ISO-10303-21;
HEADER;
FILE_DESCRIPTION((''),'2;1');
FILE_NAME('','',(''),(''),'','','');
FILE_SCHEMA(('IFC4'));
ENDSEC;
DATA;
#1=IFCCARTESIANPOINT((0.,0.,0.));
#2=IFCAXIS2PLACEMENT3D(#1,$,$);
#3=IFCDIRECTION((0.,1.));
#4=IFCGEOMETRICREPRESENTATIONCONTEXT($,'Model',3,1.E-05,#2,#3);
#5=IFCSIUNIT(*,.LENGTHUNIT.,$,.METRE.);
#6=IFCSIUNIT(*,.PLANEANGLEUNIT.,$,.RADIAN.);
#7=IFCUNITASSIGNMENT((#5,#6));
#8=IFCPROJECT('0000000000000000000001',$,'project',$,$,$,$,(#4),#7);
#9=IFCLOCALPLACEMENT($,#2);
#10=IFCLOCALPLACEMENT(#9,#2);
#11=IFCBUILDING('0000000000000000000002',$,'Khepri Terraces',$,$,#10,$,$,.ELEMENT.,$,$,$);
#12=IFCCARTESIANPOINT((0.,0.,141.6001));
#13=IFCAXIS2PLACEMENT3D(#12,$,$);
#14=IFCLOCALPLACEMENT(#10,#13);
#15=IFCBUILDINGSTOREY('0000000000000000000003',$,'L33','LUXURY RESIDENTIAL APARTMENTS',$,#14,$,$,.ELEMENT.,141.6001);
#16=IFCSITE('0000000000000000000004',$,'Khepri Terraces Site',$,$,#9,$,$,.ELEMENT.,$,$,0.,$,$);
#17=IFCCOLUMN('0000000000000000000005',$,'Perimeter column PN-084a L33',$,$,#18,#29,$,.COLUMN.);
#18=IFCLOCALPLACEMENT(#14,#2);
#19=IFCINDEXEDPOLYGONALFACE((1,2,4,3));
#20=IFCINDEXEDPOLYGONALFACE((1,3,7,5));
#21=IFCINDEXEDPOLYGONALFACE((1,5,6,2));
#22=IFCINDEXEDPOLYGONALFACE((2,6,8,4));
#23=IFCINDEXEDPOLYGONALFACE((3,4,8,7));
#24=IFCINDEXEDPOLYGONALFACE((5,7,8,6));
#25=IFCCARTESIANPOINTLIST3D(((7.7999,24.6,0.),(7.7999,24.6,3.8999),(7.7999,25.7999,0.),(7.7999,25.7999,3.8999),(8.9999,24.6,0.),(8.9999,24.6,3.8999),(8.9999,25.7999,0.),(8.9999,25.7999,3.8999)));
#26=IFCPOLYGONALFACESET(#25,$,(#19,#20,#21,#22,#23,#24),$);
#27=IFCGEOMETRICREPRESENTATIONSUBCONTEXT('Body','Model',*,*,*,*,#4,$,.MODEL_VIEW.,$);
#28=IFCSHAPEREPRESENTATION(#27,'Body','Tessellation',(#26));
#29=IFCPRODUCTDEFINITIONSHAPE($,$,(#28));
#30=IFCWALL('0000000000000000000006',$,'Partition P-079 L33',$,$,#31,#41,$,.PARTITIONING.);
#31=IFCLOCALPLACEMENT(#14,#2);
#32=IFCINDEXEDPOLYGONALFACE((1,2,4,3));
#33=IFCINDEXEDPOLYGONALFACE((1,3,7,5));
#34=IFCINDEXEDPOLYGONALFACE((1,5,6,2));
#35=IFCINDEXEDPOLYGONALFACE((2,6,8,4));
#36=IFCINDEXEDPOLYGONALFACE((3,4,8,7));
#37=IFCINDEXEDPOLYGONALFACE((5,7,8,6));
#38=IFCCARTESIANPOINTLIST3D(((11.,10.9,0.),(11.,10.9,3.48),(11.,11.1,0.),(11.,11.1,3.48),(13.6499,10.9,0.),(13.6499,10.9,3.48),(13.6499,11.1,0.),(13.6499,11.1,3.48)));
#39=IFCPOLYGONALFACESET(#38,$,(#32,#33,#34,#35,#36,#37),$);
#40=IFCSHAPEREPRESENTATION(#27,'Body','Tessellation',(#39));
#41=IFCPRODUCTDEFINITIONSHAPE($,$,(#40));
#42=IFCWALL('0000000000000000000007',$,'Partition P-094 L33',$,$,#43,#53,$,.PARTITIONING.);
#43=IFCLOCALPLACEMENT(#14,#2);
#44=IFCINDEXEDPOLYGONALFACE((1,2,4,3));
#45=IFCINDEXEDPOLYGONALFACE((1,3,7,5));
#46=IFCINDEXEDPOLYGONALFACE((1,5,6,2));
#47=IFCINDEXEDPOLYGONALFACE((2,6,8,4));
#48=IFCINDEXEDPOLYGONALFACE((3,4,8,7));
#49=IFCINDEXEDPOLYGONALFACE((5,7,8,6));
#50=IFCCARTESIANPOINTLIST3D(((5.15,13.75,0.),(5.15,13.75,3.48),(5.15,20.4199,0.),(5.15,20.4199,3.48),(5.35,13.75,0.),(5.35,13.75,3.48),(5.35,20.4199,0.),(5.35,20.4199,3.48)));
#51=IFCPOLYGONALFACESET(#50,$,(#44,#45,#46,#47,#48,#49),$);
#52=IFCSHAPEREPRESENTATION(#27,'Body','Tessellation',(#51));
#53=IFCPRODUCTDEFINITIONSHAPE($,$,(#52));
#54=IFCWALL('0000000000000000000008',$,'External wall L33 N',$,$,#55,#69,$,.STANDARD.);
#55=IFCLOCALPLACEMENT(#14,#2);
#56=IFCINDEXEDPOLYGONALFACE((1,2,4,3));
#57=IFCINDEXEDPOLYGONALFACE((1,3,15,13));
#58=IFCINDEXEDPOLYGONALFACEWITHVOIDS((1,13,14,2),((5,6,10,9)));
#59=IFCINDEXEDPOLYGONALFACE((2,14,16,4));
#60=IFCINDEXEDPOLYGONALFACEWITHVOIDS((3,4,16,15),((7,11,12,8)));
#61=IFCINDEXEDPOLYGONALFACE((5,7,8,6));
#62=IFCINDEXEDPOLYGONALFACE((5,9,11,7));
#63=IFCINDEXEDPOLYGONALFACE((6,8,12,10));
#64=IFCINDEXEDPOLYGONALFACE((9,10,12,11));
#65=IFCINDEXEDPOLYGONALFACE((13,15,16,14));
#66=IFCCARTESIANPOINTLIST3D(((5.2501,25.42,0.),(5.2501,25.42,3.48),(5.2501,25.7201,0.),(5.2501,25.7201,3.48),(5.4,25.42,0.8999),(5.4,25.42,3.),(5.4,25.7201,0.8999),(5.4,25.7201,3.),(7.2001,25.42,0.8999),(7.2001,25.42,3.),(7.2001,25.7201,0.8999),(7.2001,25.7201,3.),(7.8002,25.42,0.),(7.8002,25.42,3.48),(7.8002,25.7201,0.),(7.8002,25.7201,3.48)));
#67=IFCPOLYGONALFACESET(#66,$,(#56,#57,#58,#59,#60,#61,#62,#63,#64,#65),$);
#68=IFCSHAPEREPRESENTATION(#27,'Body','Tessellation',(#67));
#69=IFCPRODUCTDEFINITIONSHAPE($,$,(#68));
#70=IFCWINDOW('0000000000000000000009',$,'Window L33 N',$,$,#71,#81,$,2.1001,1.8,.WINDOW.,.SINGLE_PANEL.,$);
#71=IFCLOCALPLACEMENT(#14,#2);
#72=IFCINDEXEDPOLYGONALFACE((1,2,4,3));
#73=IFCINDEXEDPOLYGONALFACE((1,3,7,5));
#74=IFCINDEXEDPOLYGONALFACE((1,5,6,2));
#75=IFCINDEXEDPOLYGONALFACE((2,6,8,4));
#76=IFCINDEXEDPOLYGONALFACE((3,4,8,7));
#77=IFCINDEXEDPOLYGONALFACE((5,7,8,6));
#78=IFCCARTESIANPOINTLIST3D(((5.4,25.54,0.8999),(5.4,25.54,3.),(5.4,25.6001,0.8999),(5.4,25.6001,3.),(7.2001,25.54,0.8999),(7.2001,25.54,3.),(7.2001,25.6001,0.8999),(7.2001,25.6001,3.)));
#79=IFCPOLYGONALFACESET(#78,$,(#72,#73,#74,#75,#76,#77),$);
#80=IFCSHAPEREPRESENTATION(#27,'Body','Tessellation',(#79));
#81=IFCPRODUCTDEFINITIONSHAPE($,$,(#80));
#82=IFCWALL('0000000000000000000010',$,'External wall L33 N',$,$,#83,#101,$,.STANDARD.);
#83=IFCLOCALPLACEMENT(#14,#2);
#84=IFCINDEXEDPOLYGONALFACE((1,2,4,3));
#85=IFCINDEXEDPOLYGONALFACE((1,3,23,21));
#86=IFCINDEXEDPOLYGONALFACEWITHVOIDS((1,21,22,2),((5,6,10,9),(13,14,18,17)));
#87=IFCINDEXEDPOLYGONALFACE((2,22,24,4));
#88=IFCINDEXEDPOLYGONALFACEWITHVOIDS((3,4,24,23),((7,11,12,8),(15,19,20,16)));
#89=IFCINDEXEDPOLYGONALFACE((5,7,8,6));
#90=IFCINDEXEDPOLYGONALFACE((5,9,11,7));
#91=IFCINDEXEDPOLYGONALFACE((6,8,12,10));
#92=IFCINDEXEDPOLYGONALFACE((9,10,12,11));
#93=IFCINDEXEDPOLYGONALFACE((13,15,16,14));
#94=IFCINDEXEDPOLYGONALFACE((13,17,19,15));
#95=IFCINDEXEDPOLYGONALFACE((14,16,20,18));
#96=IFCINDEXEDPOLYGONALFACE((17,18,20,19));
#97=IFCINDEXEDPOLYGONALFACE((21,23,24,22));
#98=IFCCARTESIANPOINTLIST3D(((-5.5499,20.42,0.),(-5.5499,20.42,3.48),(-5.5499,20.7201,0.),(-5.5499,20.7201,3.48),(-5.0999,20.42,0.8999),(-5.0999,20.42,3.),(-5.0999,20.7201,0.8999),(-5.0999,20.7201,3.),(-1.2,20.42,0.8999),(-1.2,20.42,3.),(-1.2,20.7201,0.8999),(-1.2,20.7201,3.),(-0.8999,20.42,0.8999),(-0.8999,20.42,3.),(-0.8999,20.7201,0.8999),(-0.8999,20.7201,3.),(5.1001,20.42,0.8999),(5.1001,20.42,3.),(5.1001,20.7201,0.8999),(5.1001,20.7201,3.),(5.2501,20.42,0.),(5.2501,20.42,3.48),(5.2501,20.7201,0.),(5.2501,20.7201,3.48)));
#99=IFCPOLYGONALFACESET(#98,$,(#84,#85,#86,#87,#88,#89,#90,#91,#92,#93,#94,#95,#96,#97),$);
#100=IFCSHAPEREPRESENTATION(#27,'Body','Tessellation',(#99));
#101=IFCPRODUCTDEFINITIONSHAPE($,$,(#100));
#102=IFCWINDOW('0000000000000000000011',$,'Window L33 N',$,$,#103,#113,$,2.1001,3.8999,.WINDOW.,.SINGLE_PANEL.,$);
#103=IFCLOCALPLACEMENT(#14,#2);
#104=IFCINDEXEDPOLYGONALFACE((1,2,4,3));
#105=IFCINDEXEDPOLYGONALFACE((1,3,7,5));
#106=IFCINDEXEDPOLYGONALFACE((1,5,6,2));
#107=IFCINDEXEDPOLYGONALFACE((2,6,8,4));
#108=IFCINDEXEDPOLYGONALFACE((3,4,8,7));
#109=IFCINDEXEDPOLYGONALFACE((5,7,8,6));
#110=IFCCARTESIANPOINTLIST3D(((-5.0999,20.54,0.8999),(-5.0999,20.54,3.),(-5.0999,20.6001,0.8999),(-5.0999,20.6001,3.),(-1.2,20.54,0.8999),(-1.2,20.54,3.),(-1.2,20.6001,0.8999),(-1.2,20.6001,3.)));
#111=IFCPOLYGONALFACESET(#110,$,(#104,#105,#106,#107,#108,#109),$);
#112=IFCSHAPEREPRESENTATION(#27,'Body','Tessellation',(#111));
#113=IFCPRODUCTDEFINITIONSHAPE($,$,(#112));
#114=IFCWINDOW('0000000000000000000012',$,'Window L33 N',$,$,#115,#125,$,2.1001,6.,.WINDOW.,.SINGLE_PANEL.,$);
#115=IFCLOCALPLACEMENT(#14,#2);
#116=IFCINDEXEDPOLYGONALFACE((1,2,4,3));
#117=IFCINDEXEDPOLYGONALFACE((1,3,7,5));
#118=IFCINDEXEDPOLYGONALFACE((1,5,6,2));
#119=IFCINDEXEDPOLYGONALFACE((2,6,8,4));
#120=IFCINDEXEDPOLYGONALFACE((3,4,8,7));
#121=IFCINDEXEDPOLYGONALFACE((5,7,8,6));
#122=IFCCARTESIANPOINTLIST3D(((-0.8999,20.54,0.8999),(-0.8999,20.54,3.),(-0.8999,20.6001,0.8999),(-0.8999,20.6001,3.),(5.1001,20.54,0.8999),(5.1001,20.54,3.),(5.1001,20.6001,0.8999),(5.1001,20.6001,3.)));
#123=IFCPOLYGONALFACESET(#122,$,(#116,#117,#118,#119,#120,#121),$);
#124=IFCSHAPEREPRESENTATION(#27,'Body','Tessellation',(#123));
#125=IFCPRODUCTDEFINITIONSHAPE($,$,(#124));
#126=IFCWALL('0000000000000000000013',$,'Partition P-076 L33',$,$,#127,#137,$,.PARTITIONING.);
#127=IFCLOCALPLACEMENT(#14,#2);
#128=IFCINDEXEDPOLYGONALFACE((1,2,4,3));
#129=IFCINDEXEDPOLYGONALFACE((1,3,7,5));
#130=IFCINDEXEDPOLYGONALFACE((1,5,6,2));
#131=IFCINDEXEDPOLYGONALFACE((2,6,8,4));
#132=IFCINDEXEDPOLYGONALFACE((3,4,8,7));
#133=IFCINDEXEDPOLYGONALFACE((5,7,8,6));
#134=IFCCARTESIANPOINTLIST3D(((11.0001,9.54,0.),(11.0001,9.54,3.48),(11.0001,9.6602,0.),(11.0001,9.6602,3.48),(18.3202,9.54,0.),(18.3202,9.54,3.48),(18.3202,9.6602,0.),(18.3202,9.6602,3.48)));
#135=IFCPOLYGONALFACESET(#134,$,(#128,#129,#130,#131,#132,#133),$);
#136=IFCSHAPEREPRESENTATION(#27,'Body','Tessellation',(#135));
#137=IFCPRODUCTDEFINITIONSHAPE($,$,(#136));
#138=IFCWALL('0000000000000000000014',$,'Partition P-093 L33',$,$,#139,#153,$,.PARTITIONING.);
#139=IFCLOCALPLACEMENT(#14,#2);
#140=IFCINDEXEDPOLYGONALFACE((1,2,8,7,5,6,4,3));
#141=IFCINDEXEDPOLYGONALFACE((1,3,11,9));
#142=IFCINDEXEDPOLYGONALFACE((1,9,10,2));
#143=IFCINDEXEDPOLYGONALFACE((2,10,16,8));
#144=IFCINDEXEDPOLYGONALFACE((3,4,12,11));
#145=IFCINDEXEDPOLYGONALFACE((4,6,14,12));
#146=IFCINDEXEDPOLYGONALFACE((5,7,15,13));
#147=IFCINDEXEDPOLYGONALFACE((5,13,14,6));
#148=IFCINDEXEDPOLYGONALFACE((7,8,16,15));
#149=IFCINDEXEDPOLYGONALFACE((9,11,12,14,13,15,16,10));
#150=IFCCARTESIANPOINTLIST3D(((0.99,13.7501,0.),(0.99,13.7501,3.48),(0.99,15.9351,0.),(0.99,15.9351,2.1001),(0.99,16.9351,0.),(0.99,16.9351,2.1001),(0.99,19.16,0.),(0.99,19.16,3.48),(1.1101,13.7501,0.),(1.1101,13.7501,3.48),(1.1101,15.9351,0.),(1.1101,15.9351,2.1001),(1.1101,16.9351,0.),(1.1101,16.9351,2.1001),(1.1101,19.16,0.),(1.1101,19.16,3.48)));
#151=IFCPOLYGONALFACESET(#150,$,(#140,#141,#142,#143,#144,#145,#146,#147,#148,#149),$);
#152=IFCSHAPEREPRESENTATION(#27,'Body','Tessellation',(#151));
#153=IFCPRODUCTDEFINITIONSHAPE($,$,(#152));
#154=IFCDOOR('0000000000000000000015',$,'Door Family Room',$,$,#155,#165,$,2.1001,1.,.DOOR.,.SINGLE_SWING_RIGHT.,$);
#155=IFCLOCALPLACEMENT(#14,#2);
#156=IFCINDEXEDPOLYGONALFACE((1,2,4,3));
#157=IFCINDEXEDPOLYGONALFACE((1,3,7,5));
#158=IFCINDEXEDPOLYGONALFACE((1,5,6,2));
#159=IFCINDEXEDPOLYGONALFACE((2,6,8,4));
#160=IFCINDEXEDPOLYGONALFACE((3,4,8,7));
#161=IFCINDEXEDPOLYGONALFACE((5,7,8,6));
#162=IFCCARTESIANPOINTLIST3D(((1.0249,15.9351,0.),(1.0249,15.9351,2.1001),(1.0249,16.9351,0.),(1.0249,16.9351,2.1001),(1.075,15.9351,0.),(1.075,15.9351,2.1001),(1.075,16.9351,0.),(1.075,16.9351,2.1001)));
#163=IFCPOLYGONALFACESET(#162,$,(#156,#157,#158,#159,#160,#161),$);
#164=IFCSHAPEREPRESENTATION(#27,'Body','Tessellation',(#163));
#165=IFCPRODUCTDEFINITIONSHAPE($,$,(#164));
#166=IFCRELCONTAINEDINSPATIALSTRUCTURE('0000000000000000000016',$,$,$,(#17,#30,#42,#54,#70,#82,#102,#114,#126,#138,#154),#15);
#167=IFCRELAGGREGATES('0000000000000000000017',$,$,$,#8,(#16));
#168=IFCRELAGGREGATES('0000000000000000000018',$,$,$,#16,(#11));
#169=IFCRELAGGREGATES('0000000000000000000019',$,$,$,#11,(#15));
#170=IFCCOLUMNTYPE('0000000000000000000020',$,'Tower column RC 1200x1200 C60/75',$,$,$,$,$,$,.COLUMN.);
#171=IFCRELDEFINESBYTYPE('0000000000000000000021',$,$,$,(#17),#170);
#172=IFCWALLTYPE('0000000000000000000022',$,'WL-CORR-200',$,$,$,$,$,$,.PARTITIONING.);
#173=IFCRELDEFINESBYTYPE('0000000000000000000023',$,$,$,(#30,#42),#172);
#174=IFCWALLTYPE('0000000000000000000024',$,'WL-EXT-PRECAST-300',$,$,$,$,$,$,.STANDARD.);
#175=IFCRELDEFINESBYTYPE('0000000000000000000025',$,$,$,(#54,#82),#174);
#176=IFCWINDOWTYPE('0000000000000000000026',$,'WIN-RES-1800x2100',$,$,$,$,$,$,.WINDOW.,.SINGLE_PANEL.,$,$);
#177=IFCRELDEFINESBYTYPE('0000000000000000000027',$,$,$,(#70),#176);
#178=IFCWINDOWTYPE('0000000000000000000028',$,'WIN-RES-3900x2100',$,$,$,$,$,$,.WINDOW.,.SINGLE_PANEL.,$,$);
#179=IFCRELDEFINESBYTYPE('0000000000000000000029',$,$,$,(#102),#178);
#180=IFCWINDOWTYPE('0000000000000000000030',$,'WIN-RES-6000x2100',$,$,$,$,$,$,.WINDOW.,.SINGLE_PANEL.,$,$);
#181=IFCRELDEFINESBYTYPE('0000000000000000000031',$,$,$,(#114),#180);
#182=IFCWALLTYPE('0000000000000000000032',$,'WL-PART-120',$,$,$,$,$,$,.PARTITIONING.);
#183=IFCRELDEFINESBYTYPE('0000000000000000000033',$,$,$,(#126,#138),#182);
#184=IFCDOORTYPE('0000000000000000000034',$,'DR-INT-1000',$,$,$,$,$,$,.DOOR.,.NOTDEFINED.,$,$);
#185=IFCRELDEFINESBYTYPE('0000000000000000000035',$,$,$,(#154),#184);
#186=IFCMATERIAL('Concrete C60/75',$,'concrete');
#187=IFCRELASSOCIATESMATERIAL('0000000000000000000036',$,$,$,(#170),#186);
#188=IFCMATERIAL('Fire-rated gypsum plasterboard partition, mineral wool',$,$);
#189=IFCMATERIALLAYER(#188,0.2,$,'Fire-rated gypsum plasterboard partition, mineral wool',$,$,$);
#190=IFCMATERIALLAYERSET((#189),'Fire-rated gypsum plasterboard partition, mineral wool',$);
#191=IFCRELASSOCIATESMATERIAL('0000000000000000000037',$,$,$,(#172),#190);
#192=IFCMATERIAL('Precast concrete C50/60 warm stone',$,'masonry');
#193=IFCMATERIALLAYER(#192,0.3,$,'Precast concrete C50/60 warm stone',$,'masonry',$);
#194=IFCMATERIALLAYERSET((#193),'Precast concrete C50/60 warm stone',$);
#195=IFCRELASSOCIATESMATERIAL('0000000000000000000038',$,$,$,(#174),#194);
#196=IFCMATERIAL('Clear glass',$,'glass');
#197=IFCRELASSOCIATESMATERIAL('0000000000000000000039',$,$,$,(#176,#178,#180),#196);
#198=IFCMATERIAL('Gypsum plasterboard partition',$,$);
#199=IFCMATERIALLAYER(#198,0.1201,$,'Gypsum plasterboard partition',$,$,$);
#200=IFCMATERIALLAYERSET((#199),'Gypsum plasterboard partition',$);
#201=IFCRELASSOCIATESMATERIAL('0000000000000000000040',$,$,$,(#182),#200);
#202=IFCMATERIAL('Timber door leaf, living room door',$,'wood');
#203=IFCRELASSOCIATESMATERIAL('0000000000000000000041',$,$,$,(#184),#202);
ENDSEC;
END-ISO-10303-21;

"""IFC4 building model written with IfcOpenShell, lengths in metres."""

from ifc_helpers import new_model, si_unit, direction, frame, frame_2d, origin, origin_2d, place, context, subcontext, project, spatial, rectangle, extrude, material, layer, layer_set, material_profile, profile_set, type_object, element, fill, save


model = new_model("IFC4")

# Units and contexts
model_context = context("Model", 3, precision=1e-05, world=origin(), true_north=direction((0.0, 1.0)))
body_context = subcontext(model_context, "Body", "Model", "MODEL_VIEW")
ifc_project = project(units=[si_unit("LENGTHUNIT", "METRE"), si_unit("PLANEANGLEUNIT", "RADIAN")], contexts=[model_context])

# Site, building, storey
site_placement = place(None, origin())
site = spatial("IfcSite", under=ifc_project, at=site_placement, Name="Khepri Terraces Site", CompositionType="ELEMENT", RefElevation=0.0)
building_placement = place(site_placement, origin())
building = spatial("IfcBuilding", under=site, at=building_placement, Name="Khepri Terraces", CompositionType="ELEMENT")
storey_placement = place(building_placement, frame((0.0, 0.0, 141.6001)))
storey = spatial("IfcBuildingStorey", under=building, at=storey_placement, Name="L33", Description="LUXURY RESIDENTIAL APARTMENTS", CompositionType="ELEMENT", Elevation=141.6001)

# Column
ifc_material_1 = material(Name="Concrete C60/75", Category="concrete")
ifc_material_profile = material_profile(ifc_material_1, rectangle(XDim=1.2, YDim=1.2, at=origin_2d()), Name="Concrete C60/75", Category="concrete")
ifc_profile_set = profile_set([ifc_material_profile], Name="Concrete C60/75")
column_type = type_object("IfcColumnType", Name="Tower column RC 1200x1200 C60/75", PredefinedType="COLUMN", material=ifc_profile_set)
column_placement = place(storey_placement, frame((8.3999, 25.2, 0.0), z_axis=(0.0, 0.0, 1.0), x_axis=(1.0, 0.0, 0.0)))
element("IfcColumn", 1, at=column_placement, inside=storey, type_object=column_type, Name="Perimeter column PN-084a L33", PredefinedType="COLUMN", context=body_context, shape_type="SweptSolid", body=[
    extrude(rectangle(XDim=1.2, YDim=1.2, at=origin_2d()), origin(), (0.0, 0.0, 1.0), 3.8999),
])

# Walls
ifc_material_2 = material(Name="Fire-rated gypsum plasterboard partition, mineral wool")
ifc_layer_1 = layer(ifc_material_2, 0.2, Name="Fire-rated gypsum plasterboard partition, mineral wool")
ifc_layer_set_1 = layer_set([ifc_layer_1], Name="Fire-rated gypsum plasterboard partition, mineral wool")
wall_type_1 = type_object("IfcWallType", Name="WL-CORR-200", PredefinedType="PARTITIONING", material=ifc_layer_set_1)
wall_1_placement = place(storey_placement, frame((11.0, 11.0, 0.0), z_axis=(0.0, 0.0, 1.0), x_axis=(1.0, 0.0, 0.0)))
element("IfcWall", 2, at=wall_1_placement, inside=storey, type_object=wall_type_1, Name="Partition P-079 L33", PredefinedType="PARTITIONING", context=body_context, shape_type="SweptSolid", body=[
    extrude(rectangle(XDim=2.6499, YDim=0.2, at=frame_2d((1.325, 0.0))), origin(), (0.0, 0.0, 1.0), 3.48),
])
wall_2_placement = place(storey_placement, frame((5.25, 13.75, 0.0), z_axis=(0.0, 0.0, 1.0), x_axis=(0.0, 1.0, 0.0)))
element("IfcWall", 3, at=wall_2_placement, inside=storey, type_object=wall_type_1, Name="Partition P-094 L33", PredefinedType="PARTITIONING", context=body_context, shape_type="SweptSolid", body=[
    extrude(rectangle(XDim=6.6699, YDim=0.2, at=frame_2d((3.335, 0.0))), origin(), (0.0, 0.0, 1.0), 3.48),
])

# Wall, opening, window
ifc_material_3 = material(Name="Precast concrete C50/60 warm stone", Category="masonry")
ifc_layer_2 = layer(ifc_material_3, 0.3, Name="Precast concrete C50/60 warm stone", Category="masonry")
ifc_layer_set_2 = layer_set([ifc_layer_2], Name="Precast concrete C50/60 warm stone")
wall_type_2 = type_object("IfcWallType", Name="WL-EXT-PRECAST-300", PredefinedType="STANDARD", material=ifc_layer_set_2)
wall_3_placement = place(storey_placement, frame((7.8, 25.5701, 0.0), z_axis=(0.0, 0.0, 1.0), x_axis=(-1.0, 0.0, 0.0)))
wall_3 = element("IfcWall", 4, at=wall_3_placement, inside=storey, type_object=wall_type_2, Name="External wall L33 N", PredefinedType="STANDARD", context=body_context, shape_type="SweptSolid", body=[
    extrude(rectangle(XDim=2.55, YDim=0.3, at=frame_2d((1.2749, 0.0))), origin(), (0.0, 0.0, 1.0), 3.48),
])
opening_1_placement = place(wall_3_placement, frame((0.6001, 0.0, 0.8999)))
opening_1 = element("IfcOpeningElement", 5, at=opening_1_placement, cuts=wall_3, PredefinedType="OPENING", context=body_context, shape_type="SweptSolid", body=[
    extrude(rectangle(XDim=1.8, YDim=2.1001, at=frame_2d((0.8999, 1.05))), frame((0.0, 0.1602, 0.0), z_axis=(0.0, -1.0, 0.0), x_axis=(1.0, 0.0, 0.0)), (0.0, 0.0, 1.0), 0.3201),
])
ifc_material_4 = material(Name="Clear glass", Category="glass")
window_type_1 = type_object("IfcWindowType", Name="WIN-RES-1800x2100", PartitioningType="SINGLE_PANEL", PredefinedType="WINDOW", material=ifc_material_4)
window_1_placement = place(opening_1_placement, origin())
window_1 = element("IfcWindow", 6, at=window_1_placement, inside=storey, type_object=window_type_1, Name="Window L33 N", OverallHeight=2.1001, OverallWidth=1.8, PartitioningType="SINGLE_PANEL", PredefinedType="WINDOW", context=body_context, shape_type="SweptSolid", body=[
    extrude(rectangle(XDim=1.8, YDim=2.1001, at=frame_2d((0.8999, 1.05))), frame((0.0, 0.03, 0.0), z_axis=(0.0, -1.0, 0.0), x_axis=(1.0, 0.0, 0.0)), (0.0, 0.0, 1.0), 0.0601),
])
fill(opening_1, window_1)

# Wall, openings, windows
wall_4_placement = place(storey_placement, frame((5.25, 20.5701, 0.0), z_axis=(0.0, 0.0, 1.0), x_axis=(-1.0, 0.0, 0.0)))
wall_4 = element("IfcWall", 7, at=wall_4_placement, inside=storey, type_object=wall_type_2, Name="External wall L33 N", PredefinedType="STANDARD", context=body_context, shape_type="SweptSolid", body=[
    extrude(rectangle(XDim=10.8, YDim=0.3, at=frame_2d((5.3999, 0.0))), origin(), (0.0, 0.0, 1.0), 3.48),
])
opening_2_placement = place(wall_4_placement, frame((0.1499, 0.0, 0.8999)))
opening_2 = element("IfcOpeningElement", 8, at=opening_2_placement, cuts=wall_4, PredefinedType="OPENING", context=body_context, shape_type="SweptSolid", body=[
    extrude(rectangle(XDim=6.0, YDim=2.1001, at=frame_2d((3.0, 1.05))), frame((0.0, 0.1602, 0.0), z_axis=(0.0, -1.0, 0.0), x_axis=(1.0, 0.0, 0.0)), (0.0, 0.0, 1.0), 0.3201),
])
opening_3_placement = place(wall_4_placement, frame((6.45, 0.0, 0.8999)))
opening_3 = element("IfcOpeningElement", 9, at=opening_3_placement, cuts=wall_4, PredefinedType="OPENING", context=body_context, shape_type="SweptSolid", body=[
    extrude(rectangle(XDim=3.8999, YDim=2.1001, at=frame_2d((1.95, 1.05))), frame((0.0, 0.1602, 0.0), z_axis=(0.0, -1.0, 0.0), x_axis=(1.0, 0.0, 0.0)), (0.0, 0.0, 1.0), 0.3201),
])
window_type_2 = type_object("IfcWindowType", Name="WIN-RES-3900x2100", PartitioningType="SINGLE_PANEL", PredefinedType="WINDOW", material=ifc_material_4)
window_2_placement = place(opening_3_placement, origin())
window_2 = element("IfcWindow", 10, at=window_2_placement, inside=storey, type_object=window_type_2, Name="Window L33 N", OverallHeight=2.1001, OverallWidth=3.8999, PartitioningType="SINGLE_PANEL", PredefinedType="WINDOW", context=body_context, shape_type="SweptSolid", body=[
    extrude(rectangle(XDim=3.8999, YDim=2.1001, at=frame_2d((1.95, 1.05))), frame((0.0, 0.03, 0.0), z_axis=(0.0, -1.0, 0.0), x_axis=(1.0, 0.0, 0.0)), (0.0, 0.0, 1.0), 0.0601),
])
fill(opening_3, window_2)
window_type_3 = type_object("IfcWindowType", Name="WIN-RES-6000x2100", PartitioningType="SINGLE_PANEL", PredefinedType="WINDOW", material=ifc_material_4)
window_3_placement = place(opening_2_placement, origin())
window_3 = element("IfcWindow", 11, at=window_3_placement, inside=storey, type_object=window_type_3, Name="Window L33 N", OverallHeight=2.1001, OverallWidth=6.0, PartitioningType="SINGLE_PANEL", PredefinedType="WINDOW", context=body_context, shape_type="SweptSolid", body=[
    extrude(rectangle(XDim=6.0, YDim=2.1001, at=frame_2d((3.0, 1.05))), frame((0.0, 0.03, 0.0), z_axis=(0.0, -1.0, 0.0), x_axis=(1.0, 0.0, 0.0)), (0.0, 0.0, 1.0), 0.0601),
])
fill(opening_2, window_3)

# Wall
ifc_material_5 = material(Name="Gypsum plasterboard partition")
ifc_layer_3 = layer(ifc_material_5, 0.1201, Name="Gypsum plasterboard partition")
ifc_layer_set_3 = layer_set([ifc_layer_3], Name="Gypsum plasterboard partition")
wall_type_3 = type_object("IfcWallType", Name="WL-PART-120", PredefinedType="PARTITIONING", material=ifc_layer_set_3)
wall_5_placement = place(storey_placement, frame((11.0, 9.6001, 0.0), z_axis=(0.0, 0.0, 1.0), x_axis=(1.0, 0.0, 0.0)))
element("IfcWall", 12, at=wall_5_placement, inside=storey, type_object=wall_type_3, Name="Partition P-076 L33", PredefinedType="PARTITIONING", context=body_context, shape_type="SweptSolid", body=[
    extrude(rectangle(XDim=7.3201, YDim=0.1201, at=frame_2d((3.6602, 0.0))), origin(), (0.0, 0.0, 1.0), 3.48),
])

# Wall, opening, door
wall_6_placement = place(storey_placement, frame((1.05, 13.75, 0.0), z_axis=(0.0, 0.0, 1.0), x_axis=(0.0, 1.0, 0.0)))
wall_6 = element("IfcWall", 13, at=wall_6_placement, inside=storey, type_object=wall_type_3, Name="Partition P-093 L33", PredefinedType="PARTITIONING", context=body_context, shape_type="SweptSolid", body=[
    extrude(rectangle(XDim=5.4099, YDim=0.1201, at=frame_2d((2.7051, 0.0))), origin(), (0.0, 0.0, 1.0), 3.48),
])
opening_4_placement = place(wall_6_placement, frame((2.1851, 0.0, 0.0)))
opening_4 = element("IfcOpeningElement", 14, at=opening_4_placement, cuts=wall_6, PredefinedType="OPENING", context=body_context, shape_type="SweptSolid", body=[
    extrude(rectangle(XDim=1.0, YDim=2.1001, at=frame_2d((0.5, 1.05))), frame((0.0, 0.0701, 0.0), z_axis=(0.0, -1.0, 0.0), x_axis=(1.0, 0.0, 0.0)), (0.0, 0.0, 1.0), 0.1401),
])
ifc_material_6 = material(Name="Timber door leaf, living room door", Category="wood")
door_type_1 = type_object("IfcDoorType", Name="DR-INT-1000", OperationType="NOTDEFINED", PredefinedType="DOOR", material=ifc_material_6)
door_1_placement = place(opening_4_placement, frame((1.0, 0.0, 0.0), z_axis=(0.0, 0.0, 1.0), x_axis=(-1.0, 0.0, 0.0)))
door_1 = element("IfcDoor", 15, at=door_1_placement, inside=storey, type_object=door_type_1, Name="Door Family Room", OperationType="SINGLE_SWING_RIGHT", OverallHeight=2.1001, OverallWidth=1.0, PredefinedType="DOOR", context=body_context, shape_type="SweptSolid", body=[
    extrude(rectangle(XDim=1.0, YDim=2.1001, at=frame_2d((0.5, 1.05))), frame((0.0, 0.0249, 0.0), z_axis=(0.0, -1.0, 0.0), x_axis=(1.0, 0.0, 0.0)), (0.0, 0.0, 1.0), 0.05),
])
fill(opening_4, door_1)

save(model, "model.ifc")
